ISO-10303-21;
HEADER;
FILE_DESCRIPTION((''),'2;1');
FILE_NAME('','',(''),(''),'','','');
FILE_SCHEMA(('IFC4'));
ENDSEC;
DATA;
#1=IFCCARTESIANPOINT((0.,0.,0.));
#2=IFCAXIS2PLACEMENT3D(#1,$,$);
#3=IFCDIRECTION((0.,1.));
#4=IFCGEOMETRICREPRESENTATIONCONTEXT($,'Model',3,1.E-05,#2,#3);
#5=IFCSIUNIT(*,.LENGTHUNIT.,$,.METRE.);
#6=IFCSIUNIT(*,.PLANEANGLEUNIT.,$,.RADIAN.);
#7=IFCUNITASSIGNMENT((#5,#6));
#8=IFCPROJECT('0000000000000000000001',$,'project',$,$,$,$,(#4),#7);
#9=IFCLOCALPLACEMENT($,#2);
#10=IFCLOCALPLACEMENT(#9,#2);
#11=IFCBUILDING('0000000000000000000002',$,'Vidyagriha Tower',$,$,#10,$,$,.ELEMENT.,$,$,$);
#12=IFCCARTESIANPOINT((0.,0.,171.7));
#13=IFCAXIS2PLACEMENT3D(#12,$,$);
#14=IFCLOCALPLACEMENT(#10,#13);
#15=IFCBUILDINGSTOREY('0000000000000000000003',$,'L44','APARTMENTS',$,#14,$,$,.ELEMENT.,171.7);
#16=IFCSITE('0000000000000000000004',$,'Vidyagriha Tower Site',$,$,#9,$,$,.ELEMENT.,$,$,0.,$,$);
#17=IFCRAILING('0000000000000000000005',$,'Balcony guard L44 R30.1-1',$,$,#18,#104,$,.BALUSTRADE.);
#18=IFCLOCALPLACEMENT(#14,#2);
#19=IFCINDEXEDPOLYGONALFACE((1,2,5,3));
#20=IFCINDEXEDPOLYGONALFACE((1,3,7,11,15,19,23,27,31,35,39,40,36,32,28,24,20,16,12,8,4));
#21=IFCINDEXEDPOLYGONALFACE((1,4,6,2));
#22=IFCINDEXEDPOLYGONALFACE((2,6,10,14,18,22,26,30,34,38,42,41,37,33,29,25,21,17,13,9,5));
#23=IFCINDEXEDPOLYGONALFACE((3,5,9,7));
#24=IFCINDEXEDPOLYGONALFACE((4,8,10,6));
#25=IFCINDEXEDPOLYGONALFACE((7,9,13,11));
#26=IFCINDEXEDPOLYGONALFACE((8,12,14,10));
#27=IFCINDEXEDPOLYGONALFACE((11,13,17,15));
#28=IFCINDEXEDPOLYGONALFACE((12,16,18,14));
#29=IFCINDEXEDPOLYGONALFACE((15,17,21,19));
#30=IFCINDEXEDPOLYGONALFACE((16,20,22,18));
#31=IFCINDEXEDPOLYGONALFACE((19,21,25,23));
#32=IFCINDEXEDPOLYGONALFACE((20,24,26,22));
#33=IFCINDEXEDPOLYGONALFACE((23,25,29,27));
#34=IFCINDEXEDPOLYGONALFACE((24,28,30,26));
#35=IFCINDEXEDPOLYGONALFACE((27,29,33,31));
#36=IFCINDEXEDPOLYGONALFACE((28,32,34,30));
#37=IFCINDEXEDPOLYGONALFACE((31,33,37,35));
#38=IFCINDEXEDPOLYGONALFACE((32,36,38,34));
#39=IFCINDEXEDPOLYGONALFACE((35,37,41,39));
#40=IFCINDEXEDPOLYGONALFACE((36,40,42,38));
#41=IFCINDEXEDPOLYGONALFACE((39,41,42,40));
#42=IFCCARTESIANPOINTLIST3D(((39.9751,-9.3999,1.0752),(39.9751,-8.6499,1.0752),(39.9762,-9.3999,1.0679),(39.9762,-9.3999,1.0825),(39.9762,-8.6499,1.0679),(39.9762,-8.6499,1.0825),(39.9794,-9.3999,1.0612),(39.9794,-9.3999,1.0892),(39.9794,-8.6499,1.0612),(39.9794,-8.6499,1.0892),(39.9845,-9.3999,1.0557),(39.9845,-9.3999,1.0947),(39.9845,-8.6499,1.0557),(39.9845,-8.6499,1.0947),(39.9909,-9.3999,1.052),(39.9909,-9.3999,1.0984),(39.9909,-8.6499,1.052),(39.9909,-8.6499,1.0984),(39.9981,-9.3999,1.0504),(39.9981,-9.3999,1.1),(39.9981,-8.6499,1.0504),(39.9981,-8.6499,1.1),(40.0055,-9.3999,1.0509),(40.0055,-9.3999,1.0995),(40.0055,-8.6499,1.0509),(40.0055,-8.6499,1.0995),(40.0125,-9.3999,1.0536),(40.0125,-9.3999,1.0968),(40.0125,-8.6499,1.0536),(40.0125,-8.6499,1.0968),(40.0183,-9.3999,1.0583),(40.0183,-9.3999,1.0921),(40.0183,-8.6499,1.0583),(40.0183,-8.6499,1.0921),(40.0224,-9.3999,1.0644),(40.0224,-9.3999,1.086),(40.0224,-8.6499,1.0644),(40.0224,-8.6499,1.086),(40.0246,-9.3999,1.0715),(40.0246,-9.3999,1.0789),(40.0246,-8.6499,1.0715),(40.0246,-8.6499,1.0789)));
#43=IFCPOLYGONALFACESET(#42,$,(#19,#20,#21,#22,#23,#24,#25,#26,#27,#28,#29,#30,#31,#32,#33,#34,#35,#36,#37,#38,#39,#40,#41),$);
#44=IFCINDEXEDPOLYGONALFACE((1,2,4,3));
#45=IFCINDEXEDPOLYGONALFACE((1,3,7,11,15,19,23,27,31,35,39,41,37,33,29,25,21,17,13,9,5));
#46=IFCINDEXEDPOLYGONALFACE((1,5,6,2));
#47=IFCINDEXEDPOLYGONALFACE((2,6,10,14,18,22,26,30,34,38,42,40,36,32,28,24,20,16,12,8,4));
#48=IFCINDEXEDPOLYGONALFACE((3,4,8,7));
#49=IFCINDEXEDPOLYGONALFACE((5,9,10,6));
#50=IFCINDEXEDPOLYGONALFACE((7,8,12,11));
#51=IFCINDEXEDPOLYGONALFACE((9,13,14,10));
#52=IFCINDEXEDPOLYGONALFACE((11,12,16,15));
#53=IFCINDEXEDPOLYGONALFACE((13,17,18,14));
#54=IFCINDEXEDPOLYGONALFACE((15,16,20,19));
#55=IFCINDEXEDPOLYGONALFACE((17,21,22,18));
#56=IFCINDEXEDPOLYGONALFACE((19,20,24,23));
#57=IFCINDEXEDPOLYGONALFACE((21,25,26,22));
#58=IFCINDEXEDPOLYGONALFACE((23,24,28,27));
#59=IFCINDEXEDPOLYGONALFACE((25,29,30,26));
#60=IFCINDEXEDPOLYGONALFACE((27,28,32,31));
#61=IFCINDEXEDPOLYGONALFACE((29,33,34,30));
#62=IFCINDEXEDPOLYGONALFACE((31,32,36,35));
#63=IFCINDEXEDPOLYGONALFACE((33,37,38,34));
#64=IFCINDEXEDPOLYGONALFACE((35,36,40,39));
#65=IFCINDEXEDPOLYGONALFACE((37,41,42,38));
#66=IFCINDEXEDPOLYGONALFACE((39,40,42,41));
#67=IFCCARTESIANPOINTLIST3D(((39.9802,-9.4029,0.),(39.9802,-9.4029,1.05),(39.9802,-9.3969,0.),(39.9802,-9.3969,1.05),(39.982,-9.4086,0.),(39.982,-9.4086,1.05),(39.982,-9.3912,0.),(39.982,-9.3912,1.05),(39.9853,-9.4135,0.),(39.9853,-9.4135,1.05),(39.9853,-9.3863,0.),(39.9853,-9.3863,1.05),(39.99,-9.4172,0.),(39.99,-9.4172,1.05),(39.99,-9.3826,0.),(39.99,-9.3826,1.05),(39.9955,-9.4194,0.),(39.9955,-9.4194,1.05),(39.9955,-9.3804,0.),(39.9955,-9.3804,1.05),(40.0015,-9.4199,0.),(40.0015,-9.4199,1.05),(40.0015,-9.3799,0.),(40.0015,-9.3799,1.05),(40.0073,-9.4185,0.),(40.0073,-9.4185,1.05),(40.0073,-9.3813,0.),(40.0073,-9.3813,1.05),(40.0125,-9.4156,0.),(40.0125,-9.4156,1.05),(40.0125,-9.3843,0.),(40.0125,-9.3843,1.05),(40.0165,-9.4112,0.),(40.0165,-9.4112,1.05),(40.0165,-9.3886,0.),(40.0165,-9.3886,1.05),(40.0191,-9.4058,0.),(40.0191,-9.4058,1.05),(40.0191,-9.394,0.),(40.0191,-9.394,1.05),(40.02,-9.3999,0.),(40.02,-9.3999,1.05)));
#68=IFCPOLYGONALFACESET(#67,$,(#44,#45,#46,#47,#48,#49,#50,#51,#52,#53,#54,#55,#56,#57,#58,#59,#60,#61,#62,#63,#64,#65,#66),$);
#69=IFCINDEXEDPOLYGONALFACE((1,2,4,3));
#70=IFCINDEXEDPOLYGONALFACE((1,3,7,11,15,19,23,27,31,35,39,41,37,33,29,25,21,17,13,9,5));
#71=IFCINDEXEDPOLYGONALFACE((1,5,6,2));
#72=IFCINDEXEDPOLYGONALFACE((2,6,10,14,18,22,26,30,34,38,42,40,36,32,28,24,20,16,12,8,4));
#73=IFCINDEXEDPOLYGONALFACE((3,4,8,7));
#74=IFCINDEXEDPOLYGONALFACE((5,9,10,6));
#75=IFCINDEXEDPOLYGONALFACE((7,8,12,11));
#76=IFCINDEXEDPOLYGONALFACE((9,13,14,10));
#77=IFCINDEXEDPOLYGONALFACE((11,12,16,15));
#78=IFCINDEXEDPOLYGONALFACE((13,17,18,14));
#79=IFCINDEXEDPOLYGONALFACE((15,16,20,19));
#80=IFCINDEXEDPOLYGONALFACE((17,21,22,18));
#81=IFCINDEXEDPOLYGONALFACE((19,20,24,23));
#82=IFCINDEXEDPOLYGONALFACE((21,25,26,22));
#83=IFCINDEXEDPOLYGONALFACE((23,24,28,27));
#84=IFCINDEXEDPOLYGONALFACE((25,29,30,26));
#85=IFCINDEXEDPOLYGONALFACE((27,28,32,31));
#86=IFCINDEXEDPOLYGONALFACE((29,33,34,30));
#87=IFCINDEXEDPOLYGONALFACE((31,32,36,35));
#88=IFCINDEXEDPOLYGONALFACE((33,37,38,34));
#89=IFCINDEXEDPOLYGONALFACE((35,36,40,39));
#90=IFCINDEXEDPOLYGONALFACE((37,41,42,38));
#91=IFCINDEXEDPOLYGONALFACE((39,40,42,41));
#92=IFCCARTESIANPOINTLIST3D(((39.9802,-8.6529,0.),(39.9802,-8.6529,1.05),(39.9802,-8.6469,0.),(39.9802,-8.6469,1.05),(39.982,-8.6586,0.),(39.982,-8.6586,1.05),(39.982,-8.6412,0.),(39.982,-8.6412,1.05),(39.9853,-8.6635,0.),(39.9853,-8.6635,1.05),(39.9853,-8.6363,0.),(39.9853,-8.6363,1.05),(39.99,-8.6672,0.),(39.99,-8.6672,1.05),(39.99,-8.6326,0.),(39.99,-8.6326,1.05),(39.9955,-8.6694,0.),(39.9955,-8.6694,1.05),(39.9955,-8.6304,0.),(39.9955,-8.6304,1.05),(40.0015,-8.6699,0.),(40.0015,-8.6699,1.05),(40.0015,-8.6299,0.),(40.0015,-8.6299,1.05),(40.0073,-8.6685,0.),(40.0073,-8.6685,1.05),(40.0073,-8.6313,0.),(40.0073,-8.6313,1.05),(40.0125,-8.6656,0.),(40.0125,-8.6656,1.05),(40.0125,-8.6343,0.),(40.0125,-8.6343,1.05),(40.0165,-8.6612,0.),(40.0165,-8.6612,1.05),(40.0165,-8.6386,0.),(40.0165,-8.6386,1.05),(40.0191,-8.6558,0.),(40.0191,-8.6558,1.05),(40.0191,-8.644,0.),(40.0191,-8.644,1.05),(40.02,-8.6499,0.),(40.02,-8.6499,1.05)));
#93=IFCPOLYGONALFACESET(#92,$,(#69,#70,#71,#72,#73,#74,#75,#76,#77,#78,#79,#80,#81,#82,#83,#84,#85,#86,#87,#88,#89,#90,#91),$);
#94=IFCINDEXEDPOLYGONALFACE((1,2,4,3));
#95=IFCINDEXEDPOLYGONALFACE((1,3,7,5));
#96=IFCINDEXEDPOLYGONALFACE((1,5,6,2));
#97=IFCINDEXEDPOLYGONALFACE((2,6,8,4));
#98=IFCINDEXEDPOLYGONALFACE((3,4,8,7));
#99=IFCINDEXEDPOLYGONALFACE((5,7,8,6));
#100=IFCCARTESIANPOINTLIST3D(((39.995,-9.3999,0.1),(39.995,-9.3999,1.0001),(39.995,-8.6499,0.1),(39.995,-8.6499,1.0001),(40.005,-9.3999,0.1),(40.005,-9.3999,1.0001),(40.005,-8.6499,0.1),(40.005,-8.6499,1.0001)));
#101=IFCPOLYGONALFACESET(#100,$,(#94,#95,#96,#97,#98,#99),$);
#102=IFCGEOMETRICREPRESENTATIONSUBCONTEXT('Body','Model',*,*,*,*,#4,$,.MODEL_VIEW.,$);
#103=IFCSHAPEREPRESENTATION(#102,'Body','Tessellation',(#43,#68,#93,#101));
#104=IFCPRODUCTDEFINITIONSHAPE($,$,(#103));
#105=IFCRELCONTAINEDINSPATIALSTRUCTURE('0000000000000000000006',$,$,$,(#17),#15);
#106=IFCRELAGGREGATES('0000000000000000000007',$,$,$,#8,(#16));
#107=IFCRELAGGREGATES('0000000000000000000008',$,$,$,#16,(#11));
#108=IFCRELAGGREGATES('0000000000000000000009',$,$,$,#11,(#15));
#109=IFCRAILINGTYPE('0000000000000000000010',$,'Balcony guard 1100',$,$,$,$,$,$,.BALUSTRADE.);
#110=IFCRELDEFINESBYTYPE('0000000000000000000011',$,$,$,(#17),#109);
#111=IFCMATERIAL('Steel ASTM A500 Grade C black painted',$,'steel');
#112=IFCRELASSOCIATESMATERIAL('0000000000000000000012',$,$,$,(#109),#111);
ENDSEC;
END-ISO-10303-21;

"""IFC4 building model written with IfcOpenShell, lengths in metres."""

from ifc_helpers import new_model, si_unit, direction, frame, origin, origin_2d, place, context, subcontext, project, spatial, rectangle, circle, extrude, material, type_object, element, save


model = new_model("IFC4")

# Units and contexts
model_context = context("Model", 3, precision=1e-05, world=origin(), true_north=direction((0.0, 1.0)))
body_context = subcontext(model_context, "Body", "Model", "MODEL_VIEW")
ifc_project = project(units=[si_unit("LENGTHUNIT", "METRE"), si_unit("PLANEANGLEUNIT", "RADIAN")], contexts=[model_context])

# Site, building, storey
site_placement = place(None, origin())
site = spatial("IfcSite", under=ifc_project, at=site_placement, Name="Vidyagriha Tower Site", CompositionType="ELEMENT", RefElevation=0.0)
building_placement = place(site_placement, origin())
building = spatial("IfcBuilding", under=site, at=building_placement, Name="Vidyagriha Tower", CompositionType="ELEMENT")
storey_placement = place(building_placement, frame((0.0, 0.0, 171.7)))
storey = spatial("IfcBuildingStorey", under=building, at=storey_placement, Name="L44", Description="APARTMENTS", CompositionType="ELEMENT", Elevation=171.7)

# Railing
ifc_material_1 = material(Name="Steel ASTM A500 Grade C black painted", Category="steel")
railing_type = type_object("IfcRailingType", Name="Balcony guard 1100", PredefinedType="BALUSTRADE", material=ifc_material_1)
railing_1_placement = place(storey_placement, frame((40.0, -9.3999, 0.0)))
element("IfcRailing", 1, at=railing_1_placement, inside=storey, type_object=railing_type, Name="Balcony guard L44 R30.1-1", PredefinedType="BALUSTRADE", context=body_context, shape_type="SweptSolid", body=[
    extrude(circle(Radius=0.0249, at=origin_2d()), frame((0.0, 0.0, 1.0752), z_axis=(0.0, 1.0, 0.0), x_axis=(-1.0, 0.0, 0.0)), (0.0, 0.0, 1.0), 0.75),
    extrude(circle(Radius=0.02, at=origin_2d()), origin(), (0.0, 0.0, 1.0), 1.05),
    extrude(circle(Radius=0.02, at=origin_2d()), frame((0.0, 0.75, 0.0)), (0.0, 0.0, 1.0), 1.05),
    extrude(rectangle(XDim=0.01, YDim=0.9001, at=origin_2d()), frame((0.0, 0.0, 0.55), z_axis=(0.0, 1.0, 0.0), x_axis=(-1.0, 0.0, 0.0)), (0.0, 0.0, 1.0), 0.75),
])

save(model, "model.ifc")
